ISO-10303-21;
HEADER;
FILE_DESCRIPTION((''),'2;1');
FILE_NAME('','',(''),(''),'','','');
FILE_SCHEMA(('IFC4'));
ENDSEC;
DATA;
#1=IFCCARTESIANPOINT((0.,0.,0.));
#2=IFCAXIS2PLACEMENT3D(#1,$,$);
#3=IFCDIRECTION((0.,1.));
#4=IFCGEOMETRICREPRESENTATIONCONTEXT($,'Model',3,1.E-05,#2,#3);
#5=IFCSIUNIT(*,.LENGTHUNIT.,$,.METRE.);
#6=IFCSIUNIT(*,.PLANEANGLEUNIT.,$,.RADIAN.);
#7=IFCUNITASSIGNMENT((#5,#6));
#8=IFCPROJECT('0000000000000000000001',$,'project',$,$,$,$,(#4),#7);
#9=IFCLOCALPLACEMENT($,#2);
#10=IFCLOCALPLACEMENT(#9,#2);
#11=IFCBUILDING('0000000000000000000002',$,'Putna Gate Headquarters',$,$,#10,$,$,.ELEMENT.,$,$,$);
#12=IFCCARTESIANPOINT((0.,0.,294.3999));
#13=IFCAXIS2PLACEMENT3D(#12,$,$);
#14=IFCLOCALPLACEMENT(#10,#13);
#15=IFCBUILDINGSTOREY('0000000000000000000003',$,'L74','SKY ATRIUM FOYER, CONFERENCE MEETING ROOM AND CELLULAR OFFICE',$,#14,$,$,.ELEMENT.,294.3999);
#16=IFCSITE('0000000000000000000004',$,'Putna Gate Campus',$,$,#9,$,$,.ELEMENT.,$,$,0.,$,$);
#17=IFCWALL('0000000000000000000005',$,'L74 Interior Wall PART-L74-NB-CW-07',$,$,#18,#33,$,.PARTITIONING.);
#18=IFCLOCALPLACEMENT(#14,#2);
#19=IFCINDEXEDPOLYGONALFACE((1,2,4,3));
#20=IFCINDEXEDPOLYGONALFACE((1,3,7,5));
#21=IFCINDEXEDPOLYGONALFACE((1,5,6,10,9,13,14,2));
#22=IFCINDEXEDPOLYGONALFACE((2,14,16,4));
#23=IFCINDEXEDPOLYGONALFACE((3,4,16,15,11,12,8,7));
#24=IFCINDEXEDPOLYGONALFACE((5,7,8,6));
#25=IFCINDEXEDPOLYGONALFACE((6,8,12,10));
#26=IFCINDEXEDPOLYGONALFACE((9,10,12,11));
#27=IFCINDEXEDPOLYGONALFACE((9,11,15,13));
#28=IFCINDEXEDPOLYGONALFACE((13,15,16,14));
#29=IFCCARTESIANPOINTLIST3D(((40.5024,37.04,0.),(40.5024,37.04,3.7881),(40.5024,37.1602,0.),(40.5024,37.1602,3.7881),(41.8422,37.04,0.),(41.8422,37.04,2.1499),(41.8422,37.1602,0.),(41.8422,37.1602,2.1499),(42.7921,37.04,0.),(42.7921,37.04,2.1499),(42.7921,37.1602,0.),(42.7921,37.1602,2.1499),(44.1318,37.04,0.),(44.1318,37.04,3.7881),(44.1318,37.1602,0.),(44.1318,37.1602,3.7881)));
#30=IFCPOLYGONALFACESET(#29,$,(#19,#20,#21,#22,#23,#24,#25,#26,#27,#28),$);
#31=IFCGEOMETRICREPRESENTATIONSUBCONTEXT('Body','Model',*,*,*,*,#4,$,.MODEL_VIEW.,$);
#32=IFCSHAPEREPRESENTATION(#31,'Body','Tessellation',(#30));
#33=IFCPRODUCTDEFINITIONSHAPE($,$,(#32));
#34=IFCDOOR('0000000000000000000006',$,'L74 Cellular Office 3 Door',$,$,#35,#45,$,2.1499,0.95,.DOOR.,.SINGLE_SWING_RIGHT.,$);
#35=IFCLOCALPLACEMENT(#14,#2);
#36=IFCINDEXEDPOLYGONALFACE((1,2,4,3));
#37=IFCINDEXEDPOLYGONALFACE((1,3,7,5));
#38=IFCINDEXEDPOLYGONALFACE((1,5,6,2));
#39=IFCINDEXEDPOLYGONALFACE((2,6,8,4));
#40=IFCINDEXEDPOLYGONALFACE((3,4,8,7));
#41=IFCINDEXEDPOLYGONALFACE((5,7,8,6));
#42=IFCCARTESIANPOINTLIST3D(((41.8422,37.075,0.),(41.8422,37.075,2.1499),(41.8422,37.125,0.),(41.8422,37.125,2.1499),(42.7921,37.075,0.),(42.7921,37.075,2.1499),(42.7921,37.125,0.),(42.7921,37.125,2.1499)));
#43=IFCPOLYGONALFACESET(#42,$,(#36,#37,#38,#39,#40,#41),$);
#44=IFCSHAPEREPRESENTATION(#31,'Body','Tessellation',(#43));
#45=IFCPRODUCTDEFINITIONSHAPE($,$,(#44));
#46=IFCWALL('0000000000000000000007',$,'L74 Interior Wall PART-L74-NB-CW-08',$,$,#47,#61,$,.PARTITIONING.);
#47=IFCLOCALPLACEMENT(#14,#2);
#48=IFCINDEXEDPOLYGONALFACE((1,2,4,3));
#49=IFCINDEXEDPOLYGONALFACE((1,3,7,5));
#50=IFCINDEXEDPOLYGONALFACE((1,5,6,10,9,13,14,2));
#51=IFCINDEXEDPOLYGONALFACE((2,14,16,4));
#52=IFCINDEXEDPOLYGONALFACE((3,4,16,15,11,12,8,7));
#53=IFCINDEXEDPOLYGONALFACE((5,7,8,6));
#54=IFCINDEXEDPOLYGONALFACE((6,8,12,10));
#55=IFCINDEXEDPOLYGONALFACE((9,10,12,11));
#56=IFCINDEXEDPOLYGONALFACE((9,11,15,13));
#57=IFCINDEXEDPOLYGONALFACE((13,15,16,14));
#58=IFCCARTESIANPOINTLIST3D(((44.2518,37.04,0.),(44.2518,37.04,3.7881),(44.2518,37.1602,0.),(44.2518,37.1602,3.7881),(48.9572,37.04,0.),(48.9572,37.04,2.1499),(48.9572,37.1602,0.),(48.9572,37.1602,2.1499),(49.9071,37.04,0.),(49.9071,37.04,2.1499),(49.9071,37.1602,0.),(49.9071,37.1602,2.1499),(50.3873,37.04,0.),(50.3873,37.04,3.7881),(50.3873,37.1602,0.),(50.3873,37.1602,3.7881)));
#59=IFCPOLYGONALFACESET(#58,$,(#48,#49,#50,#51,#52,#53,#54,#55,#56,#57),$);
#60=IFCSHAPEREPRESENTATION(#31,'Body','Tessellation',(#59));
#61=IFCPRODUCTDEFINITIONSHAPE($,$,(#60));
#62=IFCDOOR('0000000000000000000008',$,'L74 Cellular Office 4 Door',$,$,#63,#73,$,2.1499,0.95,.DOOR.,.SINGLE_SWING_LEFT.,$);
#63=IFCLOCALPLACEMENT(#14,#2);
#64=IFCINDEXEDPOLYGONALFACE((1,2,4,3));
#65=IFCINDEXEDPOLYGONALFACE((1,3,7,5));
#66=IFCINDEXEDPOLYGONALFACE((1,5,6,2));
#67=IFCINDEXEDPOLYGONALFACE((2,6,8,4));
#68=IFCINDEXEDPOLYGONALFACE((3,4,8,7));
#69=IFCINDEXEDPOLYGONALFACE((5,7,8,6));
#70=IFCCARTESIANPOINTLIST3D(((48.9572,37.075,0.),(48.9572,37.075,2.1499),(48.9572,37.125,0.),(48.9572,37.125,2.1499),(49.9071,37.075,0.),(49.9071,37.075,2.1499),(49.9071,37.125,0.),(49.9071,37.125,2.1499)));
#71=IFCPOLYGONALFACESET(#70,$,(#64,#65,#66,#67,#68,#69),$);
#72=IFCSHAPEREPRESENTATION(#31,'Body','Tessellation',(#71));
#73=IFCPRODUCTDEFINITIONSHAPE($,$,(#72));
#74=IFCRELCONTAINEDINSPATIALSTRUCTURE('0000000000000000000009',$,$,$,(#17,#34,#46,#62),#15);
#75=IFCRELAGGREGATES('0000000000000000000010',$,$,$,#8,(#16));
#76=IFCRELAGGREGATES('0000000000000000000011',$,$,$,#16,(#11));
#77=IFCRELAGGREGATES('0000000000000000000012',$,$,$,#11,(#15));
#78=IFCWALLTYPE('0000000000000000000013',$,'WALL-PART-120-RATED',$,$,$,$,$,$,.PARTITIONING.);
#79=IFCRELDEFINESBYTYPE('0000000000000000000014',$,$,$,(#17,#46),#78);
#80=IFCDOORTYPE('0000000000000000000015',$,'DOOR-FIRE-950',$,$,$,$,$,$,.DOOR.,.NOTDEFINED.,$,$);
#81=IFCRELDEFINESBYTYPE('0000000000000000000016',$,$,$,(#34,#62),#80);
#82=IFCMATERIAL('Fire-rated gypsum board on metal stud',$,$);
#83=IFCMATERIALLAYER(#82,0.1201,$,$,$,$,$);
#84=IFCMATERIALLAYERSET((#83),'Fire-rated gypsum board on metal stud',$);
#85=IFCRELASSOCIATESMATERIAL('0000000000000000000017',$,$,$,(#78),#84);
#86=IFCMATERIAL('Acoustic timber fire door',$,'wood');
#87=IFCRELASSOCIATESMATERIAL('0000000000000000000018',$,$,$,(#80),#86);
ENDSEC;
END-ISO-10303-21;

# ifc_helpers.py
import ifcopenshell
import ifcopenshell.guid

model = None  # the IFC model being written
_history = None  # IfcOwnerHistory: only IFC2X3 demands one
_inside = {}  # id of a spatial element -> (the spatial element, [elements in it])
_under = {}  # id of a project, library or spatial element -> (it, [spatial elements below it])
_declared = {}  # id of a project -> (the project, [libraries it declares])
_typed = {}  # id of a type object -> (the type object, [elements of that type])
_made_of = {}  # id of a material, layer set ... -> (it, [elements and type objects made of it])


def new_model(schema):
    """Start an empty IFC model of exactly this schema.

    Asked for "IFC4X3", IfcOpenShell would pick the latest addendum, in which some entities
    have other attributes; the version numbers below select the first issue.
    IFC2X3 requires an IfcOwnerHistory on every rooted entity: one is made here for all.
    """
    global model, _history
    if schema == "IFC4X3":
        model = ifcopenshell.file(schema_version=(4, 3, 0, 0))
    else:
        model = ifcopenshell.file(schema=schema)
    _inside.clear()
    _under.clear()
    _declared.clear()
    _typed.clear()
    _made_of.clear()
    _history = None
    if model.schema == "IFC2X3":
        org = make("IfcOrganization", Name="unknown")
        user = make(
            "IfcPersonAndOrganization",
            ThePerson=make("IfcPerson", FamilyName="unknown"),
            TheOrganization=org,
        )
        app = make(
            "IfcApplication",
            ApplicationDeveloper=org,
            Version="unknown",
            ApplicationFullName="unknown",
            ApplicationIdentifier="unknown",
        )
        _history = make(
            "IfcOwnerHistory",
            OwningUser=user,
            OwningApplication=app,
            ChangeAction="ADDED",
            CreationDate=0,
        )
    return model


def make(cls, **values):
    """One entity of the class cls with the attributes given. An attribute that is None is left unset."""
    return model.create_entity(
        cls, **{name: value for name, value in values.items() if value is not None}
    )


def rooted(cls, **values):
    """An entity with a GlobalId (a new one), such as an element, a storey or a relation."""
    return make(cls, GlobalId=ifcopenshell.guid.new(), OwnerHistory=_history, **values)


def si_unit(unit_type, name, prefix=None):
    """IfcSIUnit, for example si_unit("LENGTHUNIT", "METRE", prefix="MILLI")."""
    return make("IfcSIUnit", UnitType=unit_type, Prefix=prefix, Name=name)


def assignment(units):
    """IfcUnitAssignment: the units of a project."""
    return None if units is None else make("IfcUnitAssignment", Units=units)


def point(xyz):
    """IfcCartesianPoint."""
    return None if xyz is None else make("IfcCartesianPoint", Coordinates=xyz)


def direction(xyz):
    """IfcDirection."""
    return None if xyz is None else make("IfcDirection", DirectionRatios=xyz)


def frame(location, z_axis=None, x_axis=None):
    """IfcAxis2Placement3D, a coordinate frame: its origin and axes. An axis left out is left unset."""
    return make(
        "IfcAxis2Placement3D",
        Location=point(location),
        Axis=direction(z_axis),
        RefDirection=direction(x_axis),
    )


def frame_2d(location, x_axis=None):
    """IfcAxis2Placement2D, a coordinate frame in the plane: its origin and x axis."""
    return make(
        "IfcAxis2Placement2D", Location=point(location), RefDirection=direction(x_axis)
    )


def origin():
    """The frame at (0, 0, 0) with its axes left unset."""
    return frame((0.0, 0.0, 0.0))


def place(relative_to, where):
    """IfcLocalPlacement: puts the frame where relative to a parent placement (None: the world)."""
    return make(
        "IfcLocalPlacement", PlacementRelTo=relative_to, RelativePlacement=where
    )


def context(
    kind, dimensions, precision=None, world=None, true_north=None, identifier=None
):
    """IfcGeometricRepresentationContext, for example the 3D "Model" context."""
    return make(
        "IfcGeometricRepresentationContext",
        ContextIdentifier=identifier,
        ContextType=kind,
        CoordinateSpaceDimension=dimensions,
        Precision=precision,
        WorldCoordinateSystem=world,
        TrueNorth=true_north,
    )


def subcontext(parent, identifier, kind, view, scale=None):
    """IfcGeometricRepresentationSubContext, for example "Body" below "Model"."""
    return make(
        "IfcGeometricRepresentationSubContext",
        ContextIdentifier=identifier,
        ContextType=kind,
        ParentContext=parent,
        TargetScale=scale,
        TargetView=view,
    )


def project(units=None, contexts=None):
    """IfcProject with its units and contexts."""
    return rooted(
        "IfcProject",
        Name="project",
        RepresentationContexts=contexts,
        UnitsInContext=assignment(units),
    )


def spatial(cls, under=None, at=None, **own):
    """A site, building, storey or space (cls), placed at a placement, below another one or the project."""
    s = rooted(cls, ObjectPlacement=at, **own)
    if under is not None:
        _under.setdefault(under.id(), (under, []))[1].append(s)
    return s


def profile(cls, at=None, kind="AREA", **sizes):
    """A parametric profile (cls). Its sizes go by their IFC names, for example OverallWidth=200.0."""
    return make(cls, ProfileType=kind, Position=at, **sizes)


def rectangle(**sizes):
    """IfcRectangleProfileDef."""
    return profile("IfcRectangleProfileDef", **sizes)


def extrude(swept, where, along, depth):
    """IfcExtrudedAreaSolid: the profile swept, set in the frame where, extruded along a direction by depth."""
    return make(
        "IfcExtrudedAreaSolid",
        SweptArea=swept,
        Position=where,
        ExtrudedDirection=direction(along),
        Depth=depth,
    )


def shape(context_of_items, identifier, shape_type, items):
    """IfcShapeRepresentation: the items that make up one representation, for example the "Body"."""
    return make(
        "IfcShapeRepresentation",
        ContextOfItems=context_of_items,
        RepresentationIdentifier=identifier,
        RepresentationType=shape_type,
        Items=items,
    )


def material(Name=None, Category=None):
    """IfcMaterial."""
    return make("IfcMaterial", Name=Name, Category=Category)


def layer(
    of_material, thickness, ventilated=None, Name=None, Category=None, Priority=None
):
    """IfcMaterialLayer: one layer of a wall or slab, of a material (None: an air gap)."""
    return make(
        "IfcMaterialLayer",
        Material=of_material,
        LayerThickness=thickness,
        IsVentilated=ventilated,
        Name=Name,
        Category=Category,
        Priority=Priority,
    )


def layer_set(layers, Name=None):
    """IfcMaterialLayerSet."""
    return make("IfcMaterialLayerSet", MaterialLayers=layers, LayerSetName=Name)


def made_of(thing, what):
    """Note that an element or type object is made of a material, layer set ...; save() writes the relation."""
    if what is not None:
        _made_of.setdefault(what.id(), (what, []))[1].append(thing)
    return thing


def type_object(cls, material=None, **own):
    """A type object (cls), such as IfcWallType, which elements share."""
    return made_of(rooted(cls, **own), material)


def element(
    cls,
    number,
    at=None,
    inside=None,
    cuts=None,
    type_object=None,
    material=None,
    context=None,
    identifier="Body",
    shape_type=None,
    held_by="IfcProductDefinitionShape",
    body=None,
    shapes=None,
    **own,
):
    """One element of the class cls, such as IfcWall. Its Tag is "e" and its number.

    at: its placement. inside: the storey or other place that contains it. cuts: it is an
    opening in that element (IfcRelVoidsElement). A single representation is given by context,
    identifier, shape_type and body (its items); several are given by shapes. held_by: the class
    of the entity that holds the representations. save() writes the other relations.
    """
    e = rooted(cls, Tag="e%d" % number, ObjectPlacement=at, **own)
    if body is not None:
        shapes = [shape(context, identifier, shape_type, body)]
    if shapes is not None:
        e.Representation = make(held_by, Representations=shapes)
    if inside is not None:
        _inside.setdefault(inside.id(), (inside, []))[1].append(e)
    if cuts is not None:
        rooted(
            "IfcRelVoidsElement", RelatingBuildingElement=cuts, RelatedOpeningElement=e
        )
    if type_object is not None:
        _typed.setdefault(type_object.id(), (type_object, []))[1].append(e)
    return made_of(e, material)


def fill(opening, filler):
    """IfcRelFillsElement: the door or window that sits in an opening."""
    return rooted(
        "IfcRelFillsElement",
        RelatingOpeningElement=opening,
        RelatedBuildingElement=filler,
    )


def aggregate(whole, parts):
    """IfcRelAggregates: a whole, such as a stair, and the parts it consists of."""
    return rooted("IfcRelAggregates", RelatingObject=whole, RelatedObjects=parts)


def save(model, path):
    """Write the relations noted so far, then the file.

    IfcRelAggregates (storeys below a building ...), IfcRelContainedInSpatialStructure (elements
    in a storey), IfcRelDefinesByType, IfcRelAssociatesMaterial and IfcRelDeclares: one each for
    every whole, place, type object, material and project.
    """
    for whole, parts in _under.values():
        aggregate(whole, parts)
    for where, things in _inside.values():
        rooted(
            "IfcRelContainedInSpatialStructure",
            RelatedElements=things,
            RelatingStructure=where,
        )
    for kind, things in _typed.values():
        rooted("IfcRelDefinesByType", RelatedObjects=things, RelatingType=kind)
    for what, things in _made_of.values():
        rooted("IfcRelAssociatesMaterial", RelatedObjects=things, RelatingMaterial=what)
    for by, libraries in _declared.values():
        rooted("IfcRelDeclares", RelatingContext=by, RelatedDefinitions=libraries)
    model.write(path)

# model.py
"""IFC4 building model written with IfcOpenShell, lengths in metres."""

from ifc_helpers import new_model, si_unit, direction, frame, frame_2d, origin, place, context, subcontext, project, spatial, rectangle, extrude, material, layer, layer_set, type_object, element, fill, save


model = new_model("IFC4")

# Units and contexts
model_context = context("Model", 3, precision=1e-05, world=origin(), true_north=direction((0.0, 1.0)))
body_context = subcontext(model_context, "Body", "Model", "MODEL_VIEW")
ifc_project = project(units=[si_unit("LENGTHUNIT", "METRE"), si_unit("PLANEANGLEUNIT", "RADIAN")], contexts=[model_context])

# Site, building, storey
site_placement = place(None, origin())
site = spatial("IfcSite", under=ifc_project, at=site_placement, Name="Putna Gate Campus", CompositionType="ELEMENT", RefElevation=0.0)
building_placement = place(site_placement, origin())
building = spatial("IfcBuilding", under=site, at=building_placement, Name="Putna Gate Headquarters", CompositionType="ELEMENT")
storey_placement = place(building_placement, frame((0.0, 0.0, 294.3999)))
storey = spatial("IfcBuildingStorey", under=building, at=storey_placement, Name="L74", Description="SKY ATRIUM FOYER, CONFERENCE MEETING ROOM AND CELLULAR OFFICE", CompositionType="ELEMENT", Elevation=294.3999)

# Walls, openings, doors
ifc_material_1 = material(Name="Fire-rated gypsum board on metal stud")
ifc_layer_1 = layer(ifc_material_1, 0.1201)
ifc_layer_set_1 = layer_set([ifc_layer_1], Name="Fire-rated gypsum board on metal stud")
wall_type_1 = type_object("IfcWallType", Name="WALL-PART-120-RATED", PredefinedType="PARTITIONING", material=ifc_layer_set_1)
wall_1_placement = place(storey_placement, frame((40.5024, 37.1001, 0.0), z_axis=(0.0, 0.0, 1.0), x_axis=(1.0, 0.0, 0.0)))
wall_1 = element("IfcWall", 1, at=wall_1_placement, inside=storey, type_object=wall_type_1, Name="L74 Interior Wall PART-L74-NB-CW-07", PredefinedType="PARTITIONING", context=body_context, shape_type="SweptSolid", body=[
    extrude(rectangle(XDim=3.6294, YDim=0.1201, at=frame_2d((1.8147, 0.0))), origin(), (0.0, 0.0, 1.0), 3.7881),
])
opening_1_placement = place(wall_1_placement, frame((1.3396, 0.0, 0.0)))
opening_1 = element("IfcOpeningElement", 2, at=opening_1_placement, cuts=wall_1, PredefinedType="OPENING", context=body_context, shape_type="SweptSolid", body=[
    extrude(rectangle(XDim=0.95, YDim=2.1499, at=frame_2d((0.4751, 1.075))), frame((0.0, 0.0701, 0.0), z_axis=(0.0, -1.0, 0.0), x_axis=(1.0, 0.0, 0.0)), (0.0, 0.0, 1.0), 0.1401),
])
ifc_material_2 = material(Name="Acoustic timber fire door", Category="wood")
door_type_1 = type_object("IfcDoorType", Name="DOOR-FIRE-950", OperationType="NOTDEFINED", PredefinedType="DOOR", material=ifc_material_2)
door_1_placement = place(opening_1_placement, origin())
door_1 = element("IfcDoor", 3, at=door_1_placement, inside=storey, type_object=door_type_1, Name="L74 Cellular Office 3 Door", OperationType="SINGLE_SWING_RIGHT", OverallHeight=2.1499, OverallWidth=0.95, PredefinedType="DOOR", context=body_context, shape_type="SweptSolid", body=[
    extrude(rectangle(XDim=0.95, YDim=2.1499, at=frame_2d((0.4751, 1.075))), frame((0.0, 0.0249, 0.0), z_axis=(0.0, -1.0, 0.0), x_axis=(1.0, 0.0, 0.0)), (0.0, 0.0, 1.0), 0.05),
])
fill(opening_1, door_1)
wall_2_placement = place(storey_placement, frame((44.2517, 37.1001, 0.0), z_axis=(0.0, 0.0, 1.0), x_axis=(1.0, 0.0, 0.0)))
wall_2 = element("IfcWall", 4, at=wall_2_placement, inside=storey, type_object=wall_type_1, Name="L74 Interior Wall PART-L74-NB-CW-08", PredefinedType="PARTITIONING", context=body_context, shape_type="SweptSolid", body=[
    extrude(rectangle(XDim=6.1355, YDim=0.1201, at=frame_2d((3.0679, 0.0))), origin(), (0.0, 0.0, 1.0), 3.7881),
])
opening_2_placement = place(wall_2_placement, frame((4.7053, 0.0, 0.0)))
opening_2 = element("IfcOpeningElement", 5, at=opening_2_placement, cuts=wall_2, PredefinedType="OPENING", context=body_context, shape_type="SweptSolid", body=[
    extrude(rectangle(XDim=0.95, YDim=2.1499, at=frame_2d((0.4751, 1.075))), frame((0.0, 0.0701, 0.0), z_axis=(0.0, -1.0, 0.0), x_axis=(1.0, 0.0, 0.0)), (0.0, 0.0, 1.0), 0.1401),
])
door_2_placement = place(opening_2_placement, origin())
door_2 = element("IfcDoor", 6, at=door_2_placement, inside=storey, type_object=door_type_1, Name="L74 Cellular Office 4 Door", OperationType="SINGLE_SWING_LEFT", OverallHeight=2.1499, OverallWidth=0.95, PredefinedType="DOOR", context=body_context, shape_type="SweptSolid", body=[
    extrude(rectangle(XDim=0.95, YDim=2.1499, at=frame_2d((0.4751, 1.075))), frame((0.0, 0.0249, 0.0), z_axis=(0.0, -1.0, 0.0), x_axis=(1.0, 0.0, 0.0)), (0.0, 0.0, 1.0), 0.05),
])
fill(opening_2, door_2)

save(model, "model.ifc")
